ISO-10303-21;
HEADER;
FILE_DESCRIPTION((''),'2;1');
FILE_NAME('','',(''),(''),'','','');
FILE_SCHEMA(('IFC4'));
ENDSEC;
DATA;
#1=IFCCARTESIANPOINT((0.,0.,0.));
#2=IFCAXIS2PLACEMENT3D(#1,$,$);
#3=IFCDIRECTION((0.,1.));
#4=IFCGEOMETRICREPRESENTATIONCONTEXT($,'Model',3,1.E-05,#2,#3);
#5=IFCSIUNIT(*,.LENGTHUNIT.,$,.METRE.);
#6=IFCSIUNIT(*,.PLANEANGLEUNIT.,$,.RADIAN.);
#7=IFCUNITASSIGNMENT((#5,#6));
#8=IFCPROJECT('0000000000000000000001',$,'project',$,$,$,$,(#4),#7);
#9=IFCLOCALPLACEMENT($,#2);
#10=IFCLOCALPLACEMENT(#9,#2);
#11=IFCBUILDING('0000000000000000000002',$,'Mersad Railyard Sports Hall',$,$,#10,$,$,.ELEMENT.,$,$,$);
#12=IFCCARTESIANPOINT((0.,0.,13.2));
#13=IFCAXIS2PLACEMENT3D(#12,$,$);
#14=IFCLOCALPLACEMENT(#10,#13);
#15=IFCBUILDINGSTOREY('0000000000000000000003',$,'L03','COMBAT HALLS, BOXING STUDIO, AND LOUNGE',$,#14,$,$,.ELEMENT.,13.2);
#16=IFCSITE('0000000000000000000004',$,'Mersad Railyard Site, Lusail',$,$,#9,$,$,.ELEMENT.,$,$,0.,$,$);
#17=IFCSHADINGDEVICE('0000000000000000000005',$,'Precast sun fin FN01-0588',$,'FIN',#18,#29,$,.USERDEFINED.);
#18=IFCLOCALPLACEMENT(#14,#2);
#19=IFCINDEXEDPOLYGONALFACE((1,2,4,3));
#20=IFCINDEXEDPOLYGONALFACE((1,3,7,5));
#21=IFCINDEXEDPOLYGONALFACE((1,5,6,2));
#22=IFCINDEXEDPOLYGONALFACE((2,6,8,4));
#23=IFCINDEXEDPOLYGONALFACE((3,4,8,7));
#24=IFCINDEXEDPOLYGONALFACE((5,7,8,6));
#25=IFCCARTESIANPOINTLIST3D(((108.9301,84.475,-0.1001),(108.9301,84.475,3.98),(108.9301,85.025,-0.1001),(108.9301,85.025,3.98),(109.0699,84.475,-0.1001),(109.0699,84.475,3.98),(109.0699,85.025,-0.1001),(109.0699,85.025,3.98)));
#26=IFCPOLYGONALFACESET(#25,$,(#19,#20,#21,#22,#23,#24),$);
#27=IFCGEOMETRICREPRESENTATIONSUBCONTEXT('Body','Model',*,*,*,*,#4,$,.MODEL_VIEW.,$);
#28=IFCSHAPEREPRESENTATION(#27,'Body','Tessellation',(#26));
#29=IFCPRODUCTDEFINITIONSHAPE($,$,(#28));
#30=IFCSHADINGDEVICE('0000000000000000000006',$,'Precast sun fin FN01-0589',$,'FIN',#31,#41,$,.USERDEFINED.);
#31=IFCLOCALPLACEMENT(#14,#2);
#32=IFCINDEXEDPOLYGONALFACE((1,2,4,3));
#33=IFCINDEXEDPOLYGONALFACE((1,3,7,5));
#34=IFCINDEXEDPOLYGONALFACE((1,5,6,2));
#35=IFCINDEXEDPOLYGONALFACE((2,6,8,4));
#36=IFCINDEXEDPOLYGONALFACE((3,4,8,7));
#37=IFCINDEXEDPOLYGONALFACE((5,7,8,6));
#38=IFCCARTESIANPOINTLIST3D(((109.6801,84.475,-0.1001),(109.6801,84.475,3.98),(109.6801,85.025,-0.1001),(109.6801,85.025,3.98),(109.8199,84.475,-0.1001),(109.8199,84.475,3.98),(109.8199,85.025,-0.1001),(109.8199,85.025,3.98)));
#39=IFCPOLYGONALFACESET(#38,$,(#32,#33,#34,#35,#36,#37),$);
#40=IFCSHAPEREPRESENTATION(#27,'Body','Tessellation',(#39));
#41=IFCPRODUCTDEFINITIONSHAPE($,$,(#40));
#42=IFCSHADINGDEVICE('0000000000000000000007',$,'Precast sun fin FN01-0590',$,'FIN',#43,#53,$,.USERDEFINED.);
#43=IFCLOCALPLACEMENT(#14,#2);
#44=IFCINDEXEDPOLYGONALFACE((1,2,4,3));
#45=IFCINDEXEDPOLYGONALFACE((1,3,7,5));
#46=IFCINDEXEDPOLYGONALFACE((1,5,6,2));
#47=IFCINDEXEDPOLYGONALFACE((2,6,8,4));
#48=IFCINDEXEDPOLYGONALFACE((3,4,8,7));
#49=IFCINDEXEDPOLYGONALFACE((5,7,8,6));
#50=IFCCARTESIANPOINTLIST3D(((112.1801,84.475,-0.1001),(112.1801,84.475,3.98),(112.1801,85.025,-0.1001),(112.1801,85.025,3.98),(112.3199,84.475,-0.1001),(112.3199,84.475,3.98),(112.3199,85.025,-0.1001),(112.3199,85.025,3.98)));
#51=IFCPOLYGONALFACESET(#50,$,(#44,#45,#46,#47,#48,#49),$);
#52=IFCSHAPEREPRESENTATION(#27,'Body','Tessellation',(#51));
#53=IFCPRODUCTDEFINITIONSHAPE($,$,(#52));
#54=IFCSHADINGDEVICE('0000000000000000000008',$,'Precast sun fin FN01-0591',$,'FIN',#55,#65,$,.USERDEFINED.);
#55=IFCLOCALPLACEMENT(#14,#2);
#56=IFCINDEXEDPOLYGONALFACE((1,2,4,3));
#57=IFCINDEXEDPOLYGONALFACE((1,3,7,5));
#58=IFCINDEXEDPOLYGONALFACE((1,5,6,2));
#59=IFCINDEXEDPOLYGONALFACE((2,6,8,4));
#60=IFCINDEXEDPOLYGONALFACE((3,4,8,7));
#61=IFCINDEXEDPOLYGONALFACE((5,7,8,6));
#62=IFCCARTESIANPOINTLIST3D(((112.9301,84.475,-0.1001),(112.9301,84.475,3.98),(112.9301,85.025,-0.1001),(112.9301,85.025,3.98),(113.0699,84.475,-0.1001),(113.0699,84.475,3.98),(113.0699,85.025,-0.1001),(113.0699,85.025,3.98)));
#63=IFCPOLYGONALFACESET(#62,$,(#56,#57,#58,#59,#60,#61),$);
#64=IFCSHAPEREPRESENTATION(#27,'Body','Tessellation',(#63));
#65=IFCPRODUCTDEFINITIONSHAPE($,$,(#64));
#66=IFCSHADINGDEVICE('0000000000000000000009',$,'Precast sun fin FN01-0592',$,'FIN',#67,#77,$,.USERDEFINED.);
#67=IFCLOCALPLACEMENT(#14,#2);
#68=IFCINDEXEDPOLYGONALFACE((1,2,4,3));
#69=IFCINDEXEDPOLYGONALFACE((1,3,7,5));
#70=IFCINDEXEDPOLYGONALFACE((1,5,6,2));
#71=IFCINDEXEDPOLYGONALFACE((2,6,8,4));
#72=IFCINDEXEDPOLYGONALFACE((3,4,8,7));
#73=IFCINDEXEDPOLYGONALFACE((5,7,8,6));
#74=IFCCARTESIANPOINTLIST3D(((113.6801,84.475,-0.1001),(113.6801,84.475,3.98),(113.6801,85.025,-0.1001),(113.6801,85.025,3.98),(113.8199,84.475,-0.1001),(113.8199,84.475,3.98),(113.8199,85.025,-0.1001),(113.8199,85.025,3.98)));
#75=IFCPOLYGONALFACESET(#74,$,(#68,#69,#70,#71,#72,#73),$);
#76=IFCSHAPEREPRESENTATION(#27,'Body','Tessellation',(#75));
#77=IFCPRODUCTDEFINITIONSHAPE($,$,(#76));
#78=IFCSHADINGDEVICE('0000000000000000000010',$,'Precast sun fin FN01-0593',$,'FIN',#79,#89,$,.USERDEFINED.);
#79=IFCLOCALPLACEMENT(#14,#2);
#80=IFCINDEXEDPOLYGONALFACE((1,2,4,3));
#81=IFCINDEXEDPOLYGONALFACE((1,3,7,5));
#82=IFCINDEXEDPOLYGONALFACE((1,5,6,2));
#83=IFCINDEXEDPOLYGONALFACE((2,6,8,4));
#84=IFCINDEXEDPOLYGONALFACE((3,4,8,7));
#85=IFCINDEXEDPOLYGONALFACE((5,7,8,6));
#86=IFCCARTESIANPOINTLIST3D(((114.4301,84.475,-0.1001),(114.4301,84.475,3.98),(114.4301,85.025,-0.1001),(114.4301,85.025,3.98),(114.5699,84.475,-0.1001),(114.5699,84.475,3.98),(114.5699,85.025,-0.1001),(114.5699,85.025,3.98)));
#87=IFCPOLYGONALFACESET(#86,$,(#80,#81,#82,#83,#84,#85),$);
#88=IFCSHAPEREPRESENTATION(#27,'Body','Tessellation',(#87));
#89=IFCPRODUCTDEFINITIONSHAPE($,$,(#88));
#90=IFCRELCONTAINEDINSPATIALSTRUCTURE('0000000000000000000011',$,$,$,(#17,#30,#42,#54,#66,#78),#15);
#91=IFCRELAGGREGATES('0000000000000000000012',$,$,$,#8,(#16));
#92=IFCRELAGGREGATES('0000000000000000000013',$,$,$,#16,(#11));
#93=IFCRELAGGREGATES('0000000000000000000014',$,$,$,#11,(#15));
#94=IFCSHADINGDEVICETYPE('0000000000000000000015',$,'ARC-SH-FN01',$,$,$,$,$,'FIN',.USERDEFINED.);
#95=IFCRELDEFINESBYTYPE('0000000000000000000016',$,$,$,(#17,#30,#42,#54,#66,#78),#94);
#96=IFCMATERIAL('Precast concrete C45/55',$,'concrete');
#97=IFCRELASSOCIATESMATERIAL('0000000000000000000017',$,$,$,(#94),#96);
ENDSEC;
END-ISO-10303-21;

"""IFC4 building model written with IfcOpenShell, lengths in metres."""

from ifc_helpers import new_model, si_unit, direction, frame, origin, origin_2d, place, context, subcontext, project, spatial, rectangle, extrude, material, type_object, element, save


model = new_model("IFC4")

# Units and contexts
model_context = context("Model", 3, precision=1e-05, world=origin(), true_north=direction((0.0, 1.0)))
body_context = subcontext(model_context, "Body", "Model", "MODEL_VIEW")
ifc_project = project(units=[si_unit("LENGTHUNIT", "METRE"), si_unit("PLANEANGLEUNIT", "RADIAN")], contexts=[model_context])

# Site, building, storey
site_placement = place(None, origin())
site = spatial("IfcSite", under=ifc_project, at=site_placement, Name="Mersad Railyard Site, Lusail", CompositionType="ELEMENT", RefElevation=0.0)
building_placement = place(site_placement, origin())
building = spatial("IfcBuilding", under=site, at=building_placement, Name="Mersad Railyard Sports Hall", CompositionType="ELEMENT")
storey_placement = place(building_placement, frame((0.0, 0.0, 13.2)))
storey = spatial("IfcBuildingStorey", under=building, at=storey_placement, Name="L03", Description="COMBAT HALLS, BOXING STUDIO, AND LOUNGE", CompositionType="ELEMENT", Elevation=13.2)

# Shading devices
ifc_material_1 = material(Name="Precast concrete C45/55", Category="concrete")
shading_device_type = type_object("IfcShadingDeviceType", Name="ARC-SH-FN01", ElementType="FIN", PredefinedType="USERDEFINED", material=ifc_material_1)
for number, where, z_axis, x_axis, name in (
    (1, (109.0, 84.75, -0.1001), (0.0, 0.0, 1.0), (1.0, 0.0, 0.0), "Precast sun fin FN01-0588"),
    (2, (109.75, 84.75, -0.1001), (0.0, 0.0, 1.0), (1.0, 0.0, 0.0), "Precast sun fin FN01-0589"),
    (3, (112.25, 84.75, -0.1001), (0.0, 0.0, 1.0), (1.0, 0.0, 0.0), "Precast sun fin FN01-0590"),
    (4, (113.0, 84.75, -0.1001), (0.0, 0.0, 1.0), (1.0, 0.0, 0.0), "Precast sun fin FN01-0591"),
    (5, (113.75, 84.75, -0.1001), (0.0, 0.0, 1.0), (1.0, 0.0, 0.0), "Precast sun fin FN01-0592"),
    (6, (114.5, 84.75, -0.1001), (0.0, 0.0, 1.0), (1.0, 0.0, 0.0), "Precast sun fin FN01-0593"),
):
    element("IfcShadingDevice", number, at=place(storey_placement, frame(where, z_axis=z_axis, x_axis=x_axis)), inside=storey, type_object=shading_device_type, Name=name, ObjectType="FIN", PredefinedType="USERDEFINED", context=body_context, shape_type="SweptSolid", body=[
        extrude(rectangle(XDim=0.1399, YDim=0.55, at=origin_2d()), origin(), (0.0, 0.0, 1.0), 4.0801),
    ])

save(model, "model.ifc")
